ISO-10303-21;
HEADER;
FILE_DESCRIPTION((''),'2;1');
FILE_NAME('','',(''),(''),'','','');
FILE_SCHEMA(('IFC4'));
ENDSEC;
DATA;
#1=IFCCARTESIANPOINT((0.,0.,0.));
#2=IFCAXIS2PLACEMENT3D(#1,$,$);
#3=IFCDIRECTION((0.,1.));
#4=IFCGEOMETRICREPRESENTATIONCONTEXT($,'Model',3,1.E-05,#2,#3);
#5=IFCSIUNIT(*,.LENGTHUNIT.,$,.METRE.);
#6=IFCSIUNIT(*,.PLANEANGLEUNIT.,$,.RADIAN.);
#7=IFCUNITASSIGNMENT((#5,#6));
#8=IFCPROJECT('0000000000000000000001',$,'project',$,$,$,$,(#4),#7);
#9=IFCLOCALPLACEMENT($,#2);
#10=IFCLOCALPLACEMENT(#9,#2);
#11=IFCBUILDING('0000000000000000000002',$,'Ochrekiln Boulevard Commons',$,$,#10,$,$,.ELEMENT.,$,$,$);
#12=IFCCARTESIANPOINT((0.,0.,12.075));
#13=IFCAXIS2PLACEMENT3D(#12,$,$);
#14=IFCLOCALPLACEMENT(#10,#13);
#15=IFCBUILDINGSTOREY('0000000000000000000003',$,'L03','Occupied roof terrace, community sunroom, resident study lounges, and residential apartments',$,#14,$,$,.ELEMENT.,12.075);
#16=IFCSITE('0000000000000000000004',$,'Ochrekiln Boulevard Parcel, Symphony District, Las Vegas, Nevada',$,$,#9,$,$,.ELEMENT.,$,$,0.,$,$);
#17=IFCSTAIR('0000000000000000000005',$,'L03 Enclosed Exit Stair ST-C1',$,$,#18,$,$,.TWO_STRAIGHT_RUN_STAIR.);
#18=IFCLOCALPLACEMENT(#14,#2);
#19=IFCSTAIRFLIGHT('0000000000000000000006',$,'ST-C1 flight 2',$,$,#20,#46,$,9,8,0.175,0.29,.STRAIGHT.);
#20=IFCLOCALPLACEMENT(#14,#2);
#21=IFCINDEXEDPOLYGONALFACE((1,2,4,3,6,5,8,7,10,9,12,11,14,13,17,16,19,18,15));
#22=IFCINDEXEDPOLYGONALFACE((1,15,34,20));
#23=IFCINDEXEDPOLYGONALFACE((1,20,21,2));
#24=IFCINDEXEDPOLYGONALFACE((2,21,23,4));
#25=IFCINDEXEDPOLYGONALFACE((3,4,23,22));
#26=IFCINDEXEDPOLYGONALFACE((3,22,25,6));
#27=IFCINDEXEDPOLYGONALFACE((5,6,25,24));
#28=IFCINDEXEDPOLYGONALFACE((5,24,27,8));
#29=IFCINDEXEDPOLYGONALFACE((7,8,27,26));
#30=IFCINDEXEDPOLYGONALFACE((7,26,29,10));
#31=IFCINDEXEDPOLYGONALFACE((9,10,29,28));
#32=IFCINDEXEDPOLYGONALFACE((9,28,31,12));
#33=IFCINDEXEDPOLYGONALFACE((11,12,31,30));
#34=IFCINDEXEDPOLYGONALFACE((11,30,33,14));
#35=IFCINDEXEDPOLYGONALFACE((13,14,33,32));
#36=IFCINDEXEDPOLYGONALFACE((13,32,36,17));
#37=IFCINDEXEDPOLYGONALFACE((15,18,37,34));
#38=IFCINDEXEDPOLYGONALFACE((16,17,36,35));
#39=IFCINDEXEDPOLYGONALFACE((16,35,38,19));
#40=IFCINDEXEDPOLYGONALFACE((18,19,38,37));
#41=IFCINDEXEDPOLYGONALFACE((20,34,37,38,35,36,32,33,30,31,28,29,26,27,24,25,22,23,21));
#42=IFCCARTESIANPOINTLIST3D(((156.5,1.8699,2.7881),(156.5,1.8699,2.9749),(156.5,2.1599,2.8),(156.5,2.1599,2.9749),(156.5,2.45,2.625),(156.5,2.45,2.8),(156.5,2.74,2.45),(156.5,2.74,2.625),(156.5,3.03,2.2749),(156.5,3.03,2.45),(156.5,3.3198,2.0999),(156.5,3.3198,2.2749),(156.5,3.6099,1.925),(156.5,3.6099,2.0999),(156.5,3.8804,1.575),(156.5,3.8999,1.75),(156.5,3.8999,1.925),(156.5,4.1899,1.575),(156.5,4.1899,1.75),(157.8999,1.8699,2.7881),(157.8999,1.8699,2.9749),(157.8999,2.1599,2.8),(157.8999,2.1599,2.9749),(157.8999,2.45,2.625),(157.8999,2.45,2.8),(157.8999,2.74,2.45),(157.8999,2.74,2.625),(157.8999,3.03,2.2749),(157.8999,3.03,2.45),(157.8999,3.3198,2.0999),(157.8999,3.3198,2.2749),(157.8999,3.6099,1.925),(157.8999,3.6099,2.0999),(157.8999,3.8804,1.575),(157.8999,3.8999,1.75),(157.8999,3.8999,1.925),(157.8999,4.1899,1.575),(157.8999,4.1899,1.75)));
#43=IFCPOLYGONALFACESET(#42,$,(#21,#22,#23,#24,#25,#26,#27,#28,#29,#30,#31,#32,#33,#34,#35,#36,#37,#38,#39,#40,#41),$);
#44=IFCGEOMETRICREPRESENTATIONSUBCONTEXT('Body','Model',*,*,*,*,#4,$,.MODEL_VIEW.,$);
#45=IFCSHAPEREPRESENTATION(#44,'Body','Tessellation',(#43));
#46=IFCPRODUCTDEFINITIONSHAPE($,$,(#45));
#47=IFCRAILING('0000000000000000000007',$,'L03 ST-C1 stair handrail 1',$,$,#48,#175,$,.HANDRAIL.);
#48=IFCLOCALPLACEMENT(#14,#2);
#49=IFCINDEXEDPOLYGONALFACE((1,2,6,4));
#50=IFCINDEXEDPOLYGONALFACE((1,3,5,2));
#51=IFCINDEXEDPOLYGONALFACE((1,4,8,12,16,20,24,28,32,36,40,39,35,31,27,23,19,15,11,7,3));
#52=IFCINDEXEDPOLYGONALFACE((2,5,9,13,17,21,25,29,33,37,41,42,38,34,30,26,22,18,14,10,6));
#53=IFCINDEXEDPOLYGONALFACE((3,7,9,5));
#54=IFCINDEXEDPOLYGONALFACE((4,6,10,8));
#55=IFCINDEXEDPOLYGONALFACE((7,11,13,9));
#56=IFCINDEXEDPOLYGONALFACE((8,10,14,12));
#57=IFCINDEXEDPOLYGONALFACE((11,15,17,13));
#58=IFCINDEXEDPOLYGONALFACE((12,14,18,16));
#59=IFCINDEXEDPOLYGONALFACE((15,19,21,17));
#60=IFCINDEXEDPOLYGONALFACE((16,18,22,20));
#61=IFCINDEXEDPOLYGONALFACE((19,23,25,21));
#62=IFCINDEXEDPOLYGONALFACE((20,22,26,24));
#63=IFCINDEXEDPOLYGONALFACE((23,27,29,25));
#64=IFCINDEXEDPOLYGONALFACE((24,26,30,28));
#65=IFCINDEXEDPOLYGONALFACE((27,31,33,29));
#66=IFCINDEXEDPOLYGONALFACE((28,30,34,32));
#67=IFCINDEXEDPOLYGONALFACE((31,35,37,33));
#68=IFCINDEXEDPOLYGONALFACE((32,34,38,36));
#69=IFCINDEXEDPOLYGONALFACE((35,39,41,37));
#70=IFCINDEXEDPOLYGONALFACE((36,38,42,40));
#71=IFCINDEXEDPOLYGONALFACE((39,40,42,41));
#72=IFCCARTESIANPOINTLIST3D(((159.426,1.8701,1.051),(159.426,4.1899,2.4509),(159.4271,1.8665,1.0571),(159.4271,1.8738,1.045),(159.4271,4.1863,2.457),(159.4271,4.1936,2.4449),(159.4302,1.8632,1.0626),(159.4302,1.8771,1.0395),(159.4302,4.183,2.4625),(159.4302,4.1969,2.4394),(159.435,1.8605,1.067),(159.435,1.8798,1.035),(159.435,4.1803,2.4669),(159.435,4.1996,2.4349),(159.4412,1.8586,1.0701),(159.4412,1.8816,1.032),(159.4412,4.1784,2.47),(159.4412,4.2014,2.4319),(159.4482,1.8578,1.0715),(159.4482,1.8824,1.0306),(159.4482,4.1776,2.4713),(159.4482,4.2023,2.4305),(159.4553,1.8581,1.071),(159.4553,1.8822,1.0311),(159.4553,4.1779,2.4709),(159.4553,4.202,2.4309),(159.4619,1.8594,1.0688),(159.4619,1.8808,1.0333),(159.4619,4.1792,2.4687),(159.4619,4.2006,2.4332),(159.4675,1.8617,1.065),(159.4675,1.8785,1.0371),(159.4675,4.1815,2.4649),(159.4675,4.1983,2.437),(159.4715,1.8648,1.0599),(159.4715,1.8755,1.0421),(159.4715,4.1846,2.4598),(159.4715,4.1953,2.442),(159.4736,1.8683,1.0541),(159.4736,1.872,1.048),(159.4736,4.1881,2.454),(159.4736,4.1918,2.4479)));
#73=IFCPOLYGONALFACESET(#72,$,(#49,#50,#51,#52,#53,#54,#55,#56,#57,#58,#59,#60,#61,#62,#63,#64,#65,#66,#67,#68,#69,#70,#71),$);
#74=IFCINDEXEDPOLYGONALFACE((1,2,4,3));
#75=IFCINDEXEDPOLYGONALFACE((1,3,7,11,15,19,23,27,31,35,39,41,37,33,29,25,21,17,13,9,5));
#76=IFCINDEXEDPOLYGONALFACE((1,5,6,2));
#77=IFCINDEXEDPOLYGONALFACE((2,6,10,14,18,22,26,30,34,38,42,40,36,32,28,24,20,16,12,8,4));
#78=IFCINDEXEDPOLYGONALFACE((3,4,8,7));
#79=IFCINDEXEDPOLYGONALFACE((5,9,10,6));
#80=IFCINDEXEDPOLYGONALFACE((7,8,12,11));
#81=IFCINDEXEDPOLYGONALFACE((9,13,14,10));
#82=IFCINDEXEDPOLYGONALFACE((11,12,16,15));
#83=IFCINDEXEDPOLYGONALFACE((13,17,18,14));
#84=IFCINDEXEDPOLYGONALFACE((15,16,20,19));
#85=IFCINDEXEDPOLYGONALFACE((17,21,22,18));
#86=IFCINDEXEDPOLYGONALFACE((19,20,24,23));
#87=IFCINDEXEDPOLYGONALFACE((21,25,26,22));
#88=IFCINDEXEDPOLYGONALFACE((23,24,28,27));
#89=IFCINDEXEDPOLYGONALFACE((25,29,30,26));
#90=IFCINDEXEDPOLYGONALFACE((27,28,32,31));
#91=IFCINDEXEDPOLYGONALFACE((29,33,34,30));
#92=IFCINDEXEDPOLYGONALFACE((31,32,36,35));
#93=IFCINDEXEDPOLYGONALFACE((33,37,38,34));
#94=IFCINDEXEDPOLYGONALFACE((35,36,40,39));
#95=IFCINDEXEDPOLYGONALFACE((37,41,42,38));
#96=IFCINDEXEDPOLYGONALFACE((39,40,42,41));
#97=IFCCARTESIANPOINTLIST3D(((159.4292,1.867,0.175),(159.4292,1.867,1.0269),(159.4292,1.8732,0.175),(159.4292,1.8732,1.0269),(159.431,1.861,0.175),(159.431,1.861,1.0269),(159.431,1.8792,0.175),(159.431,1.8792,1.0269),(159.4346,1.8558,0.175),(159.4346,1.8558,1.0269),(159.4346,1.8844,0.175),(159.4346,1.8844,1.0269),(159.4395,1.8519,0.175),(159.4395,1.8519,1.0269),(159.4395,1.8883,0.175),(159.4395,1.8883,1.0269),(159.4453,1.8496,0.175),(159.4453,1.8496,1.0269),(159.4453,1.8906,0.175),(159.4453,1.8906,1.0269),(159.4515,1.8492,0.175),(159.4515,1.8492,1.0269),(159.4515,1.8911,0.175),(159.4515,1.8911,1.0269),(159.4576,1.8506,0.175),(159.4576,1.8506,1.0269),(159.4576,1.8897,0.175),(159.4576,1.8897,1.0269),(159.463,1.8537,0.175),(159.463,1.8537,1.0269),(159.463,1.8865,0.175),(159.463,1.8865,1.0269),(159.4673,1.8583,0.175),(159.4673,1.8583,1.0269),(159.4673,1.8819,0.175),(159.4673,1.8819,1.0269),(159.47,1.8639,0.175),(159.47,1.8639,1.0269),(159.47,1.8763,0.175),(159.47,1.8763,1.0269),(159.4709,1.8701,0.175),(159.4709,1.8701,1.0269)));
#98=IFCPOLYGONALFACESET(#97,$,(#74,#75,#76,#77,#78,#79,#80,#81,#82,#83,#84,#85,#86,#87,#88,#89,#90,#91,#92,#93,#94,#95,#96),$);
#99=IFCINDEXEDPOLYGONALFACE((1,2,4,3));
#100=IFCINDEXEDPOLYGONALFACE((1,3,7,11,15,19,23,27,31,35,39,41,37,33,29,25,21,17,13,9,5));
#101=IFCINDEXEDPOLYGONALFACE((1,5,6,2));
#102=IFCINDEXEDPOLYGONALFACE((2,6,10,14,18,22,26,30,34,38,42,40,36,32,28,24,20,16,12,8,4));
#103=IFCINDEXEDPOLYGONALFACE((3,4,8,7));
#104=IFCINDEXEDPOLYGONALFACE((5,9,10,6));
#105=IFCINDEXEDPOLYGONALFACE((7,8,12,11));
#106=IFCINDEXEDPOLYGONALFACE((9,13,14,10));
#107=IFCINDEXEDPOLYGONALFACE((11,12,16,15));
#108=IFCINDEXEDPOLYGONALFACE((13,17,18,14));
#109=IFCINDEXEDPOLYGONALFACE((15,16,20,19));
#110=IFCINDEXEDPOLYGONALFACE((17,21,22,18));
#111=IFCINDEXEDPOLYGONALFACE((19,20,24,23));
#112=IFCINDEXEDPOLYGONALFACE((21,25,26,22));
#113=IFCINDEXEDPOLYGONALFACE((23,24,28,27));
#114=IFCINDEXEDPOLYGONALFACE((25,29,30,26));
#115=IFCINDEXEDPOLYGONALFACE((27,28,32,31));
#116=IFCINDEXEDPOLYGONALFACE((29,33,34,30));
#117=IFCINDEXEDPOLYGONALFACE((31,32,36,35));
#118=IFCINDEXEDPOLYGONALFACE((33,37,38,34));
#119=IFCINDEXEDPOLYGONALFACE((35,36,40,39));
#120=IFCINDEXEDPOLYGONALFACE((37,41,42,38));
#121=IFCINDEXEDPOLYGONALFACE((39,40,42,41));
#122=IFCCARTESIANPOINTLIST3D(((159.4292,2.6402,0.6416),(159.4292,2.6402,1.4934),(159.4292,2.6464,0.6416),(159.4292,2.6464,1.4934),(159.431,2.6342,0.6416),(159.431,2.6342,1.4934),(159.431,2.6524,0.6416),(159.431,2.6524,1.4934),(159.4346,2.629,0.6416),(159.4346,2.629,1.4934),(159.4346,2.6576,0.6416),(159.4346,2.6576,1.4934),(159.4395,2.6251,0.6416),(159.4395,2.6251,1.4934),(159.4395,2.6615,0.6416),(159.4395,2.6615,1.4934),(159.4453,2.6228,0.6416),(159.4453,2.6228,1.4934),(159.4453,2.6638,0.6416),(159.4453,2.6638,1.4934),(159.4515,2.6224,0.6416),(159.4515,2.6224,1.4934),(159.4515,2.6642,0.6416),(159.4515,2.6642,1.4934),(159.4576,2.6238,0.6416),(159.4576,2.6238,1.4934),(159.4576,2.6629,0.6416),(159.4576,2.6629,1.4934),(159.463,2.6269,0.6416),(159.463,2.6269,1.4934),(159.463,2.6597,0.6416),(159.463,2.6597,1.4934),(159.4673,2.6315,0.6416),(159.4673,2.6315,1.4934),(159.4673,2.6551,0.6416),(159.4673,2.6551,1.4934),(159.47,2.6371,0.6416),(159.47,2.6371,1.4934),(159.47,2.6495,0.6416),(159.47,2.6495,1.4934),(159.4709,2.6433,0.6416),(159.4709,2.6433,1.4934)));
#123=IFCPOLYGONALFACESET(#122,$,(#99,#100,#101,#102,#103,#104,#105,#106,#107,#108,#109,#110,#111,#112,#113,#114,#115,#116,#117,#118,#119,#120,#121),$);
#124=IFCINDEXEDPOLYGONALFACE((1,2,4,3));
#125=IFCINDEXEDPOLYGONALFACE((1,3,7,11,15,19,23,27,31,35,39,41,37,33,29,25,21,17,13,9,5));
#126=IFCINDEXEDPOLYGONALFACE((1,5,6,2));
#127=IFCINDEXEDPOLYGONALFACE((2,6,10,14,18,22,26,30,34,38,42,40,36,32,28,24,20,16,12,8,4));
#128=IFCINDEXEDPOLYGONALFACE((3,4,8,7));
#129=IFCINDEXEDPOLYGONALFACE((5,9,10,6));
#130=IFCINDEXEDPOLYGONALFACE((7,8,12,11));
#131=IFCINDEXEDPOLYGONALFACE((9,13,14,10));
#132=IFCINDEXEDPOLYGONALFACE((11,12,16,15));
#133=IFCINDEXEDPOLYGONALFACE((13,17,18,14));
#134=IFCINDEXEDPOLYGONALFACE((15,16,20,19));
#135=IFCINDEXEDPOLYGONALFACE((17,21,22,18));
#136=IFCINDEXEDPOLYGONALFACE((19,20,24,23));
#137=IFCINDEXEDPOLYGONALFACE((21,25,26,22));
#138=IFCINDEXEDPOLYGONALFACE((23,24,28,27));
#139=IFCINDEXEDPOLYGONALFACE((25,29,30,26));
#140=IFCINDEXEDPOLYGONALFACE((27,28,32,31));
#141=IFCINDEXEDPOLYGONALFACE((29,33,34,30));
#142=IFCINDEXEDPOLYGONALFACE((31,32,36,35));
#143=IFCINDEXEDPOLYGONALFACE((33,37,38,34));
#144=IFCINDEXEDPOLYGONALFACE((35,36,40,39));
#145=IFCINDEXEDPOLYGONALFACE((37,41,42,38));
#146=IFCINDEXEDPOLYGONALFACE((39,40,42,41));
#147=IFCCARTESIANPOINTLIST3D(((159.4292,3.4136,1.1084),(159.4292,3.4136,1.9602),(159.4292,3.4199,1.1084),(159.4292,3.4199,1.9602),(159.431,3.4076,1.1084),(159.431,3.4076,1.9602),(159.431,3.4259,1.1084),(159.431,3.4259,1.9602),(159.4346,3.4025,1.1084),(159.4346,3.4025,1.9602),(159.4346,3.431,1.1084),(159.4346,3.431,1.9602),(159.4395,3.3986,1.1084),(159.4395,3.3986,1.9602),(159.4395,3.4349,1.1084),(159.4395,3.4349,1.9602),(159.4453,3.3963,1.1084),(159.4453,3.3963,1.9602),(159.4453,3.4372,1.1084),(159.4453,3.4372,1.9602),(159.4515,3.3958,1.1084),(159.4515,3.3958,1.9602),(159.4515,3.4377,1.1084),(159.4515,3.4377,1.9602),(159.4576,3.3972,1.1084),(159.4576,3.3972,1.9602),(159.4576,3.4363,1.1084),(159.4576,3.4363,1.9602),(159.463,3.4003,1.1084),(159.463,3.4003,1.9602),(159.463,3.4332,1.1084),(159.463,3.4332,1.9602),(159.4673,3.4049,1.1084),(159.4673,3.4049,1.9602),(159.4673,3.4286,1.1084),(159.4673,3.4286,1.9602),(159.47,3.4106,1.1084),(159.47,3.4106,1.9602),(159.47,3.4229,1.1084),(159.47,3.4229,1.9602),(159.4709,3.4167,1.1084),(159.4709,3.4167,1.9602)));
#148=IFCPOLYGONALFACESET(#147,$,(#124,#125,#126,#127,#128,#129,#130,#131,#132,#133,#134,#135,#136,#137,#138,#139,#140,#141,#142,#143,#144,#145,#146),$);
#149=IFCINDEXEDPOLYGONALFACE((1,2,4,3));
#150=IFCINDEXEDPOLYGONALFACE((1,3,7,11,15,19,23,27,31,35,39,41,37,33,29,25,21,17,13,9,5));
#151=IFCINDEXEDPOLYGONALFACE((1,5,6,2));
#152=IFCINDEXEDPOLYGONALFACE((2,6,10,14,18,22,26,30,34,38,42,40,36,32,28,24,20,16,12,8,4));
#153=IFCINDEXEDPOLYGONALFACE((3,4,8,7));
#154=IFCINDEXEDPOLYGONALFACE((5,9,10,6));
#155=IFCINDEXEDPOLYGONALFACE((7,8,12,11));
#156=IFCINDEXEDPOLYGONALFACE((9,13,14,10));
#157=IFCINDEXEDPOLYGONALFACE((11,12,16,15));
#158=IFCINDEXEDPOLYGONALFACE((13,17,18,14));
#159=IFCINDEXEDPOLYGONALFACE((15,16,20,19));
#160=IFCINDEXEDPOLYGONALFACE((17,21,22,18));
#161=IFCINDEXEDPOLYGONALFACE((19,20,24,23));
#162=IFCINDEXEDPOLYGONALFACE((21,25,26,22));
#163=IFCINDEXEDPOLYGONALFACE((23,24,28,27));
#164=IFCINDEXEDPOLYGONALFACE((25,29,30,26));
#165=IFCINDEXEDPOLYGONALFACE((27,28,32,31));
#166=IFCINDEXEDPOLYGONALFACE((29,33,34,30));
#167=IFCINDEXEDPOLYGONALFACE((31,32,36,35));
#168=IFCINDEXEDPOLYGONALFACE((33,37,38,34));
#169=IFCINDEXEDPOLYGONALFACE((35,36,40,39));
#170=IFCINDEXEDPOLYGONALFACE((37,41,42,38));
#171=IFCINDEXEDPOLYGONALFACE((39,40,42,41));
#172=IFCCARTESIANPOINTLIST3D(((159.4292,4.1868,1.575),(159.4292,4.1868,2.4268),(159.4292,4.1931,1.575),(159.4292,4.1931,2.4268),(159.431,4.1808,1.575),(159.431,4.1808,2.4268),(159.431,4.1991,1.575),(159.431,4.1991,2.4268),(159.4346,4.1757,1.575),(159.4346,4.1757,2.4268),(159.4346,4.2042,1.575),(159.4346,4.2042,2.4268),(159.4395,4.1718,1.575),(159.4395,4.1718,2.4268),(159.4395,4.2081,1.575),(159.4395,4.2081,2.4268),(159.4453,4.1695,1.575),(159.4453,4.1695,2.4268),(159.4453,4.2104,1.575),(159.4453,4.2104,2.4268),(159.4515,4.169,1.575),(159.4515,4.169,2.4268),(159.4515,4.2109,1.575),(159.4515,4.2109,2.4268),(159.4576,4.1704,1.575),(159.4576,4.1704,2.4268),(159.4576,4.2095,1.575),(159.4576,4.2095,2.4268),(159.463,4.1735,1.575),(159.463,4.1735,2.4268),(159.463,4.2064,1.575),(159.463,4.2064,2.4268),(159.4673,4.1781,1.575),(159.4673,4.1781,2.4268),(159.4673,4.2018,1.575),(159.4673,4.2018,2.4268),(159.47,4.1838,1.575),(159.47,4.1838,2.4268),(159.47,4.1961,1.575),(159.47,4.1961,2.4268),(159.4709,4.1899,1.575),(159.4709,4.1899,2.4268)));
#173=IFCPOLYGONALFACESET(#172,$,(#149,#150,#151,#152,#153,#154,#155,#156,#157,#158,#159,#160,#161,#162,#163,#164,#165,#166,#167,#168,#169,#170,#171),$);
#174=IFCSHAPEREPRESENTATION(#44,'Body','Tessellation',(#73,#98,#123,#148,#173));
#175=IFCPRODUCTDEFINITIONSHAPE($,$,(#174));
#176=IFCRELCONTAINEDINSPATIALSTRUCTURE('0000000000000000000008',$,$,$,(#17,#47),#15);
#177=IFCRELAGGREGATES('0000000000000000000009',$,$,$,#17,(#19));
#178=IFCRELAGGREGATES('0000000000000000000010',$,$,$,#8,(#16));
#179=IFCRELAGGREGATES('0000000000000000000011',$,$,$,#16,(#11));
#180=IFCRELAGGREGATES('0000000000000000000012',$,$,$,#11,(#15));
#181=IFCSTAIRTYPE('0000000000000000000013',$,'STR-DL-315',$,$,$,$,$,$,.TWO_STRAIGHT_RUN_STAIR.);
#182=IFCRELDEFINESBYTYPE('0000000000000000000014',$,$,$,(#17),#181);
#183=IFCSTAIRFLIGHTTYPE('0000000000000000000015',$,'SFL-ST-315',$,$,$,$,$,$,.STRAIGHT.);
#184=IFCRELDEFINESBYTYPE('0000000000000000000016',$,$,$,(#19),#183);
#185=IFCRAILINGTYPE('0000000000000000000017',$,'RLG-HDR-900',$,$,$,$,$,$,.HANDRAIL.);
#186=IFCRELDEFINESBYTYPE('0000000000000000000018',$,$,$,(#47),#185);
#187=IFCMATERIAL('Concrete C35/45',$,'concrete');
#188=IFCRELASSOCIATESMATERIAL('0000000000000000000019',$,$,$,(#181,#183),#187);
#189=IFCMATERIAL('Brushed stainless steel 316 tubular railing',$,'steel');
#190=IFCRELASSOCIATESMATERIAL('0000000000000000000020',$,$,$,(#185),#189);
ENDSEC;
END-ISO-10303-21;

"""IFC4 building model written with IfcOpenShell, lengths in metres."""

from ifc_helpers import new_model, si_unit, direction, frame, origin, origin_2d, place, context, subcontext, project, spatial, polyline, circle, outline, extrude, material, type_object, element, aggregate, save


model = new_model("IFC4")

# Units and contexts
model_context = context("Model", 3, precision=1e-05, world=origin(), true_north=direction((0.0, 1.0)))
body_context = subcontext(model_context, "Body", "Model", "MODEL_VIEW")
ifc_project = project(units=[si_unit("LENGTHUNIT", "METRE"), si_unit("PLANEANGLEUNIT", "RADIAN")], contexts=[model_context])

# Site, building, storey
site_placement = place(None, origin())
site = spatial("IfcSite", under=ifc_project, at=site_placement, Name="Ochrekiln Boulevard Parcel, Symphony District, Las Vegas, Nevada", CompositionType="ELEMENT", RefElevation=0.0)
building_placement = place(site_placement, origin())
building = spatial("IfcBuilding", under=site, at=building_placement, Name="Ochrekiln Boulevard Commons", CompositionType="ELEMENT")
storey_placement = place(building_placement, frame((0.0, 0.0, 12.075)))
storey = spatial("IfcBuildingStorey", under=building, at=storey_placement, Name="L03", Description="Occupied roof terrace, community sunroom, resident study lounges, and residential apartments", CompositionType="ELEMENT", Elevation=12.075)

# Stair, stair flight
ifc_material_1 = material(Name="Concrete C35/45", Category="concrete")
stair_type = type_object("IfcStairType", Name="STR-DL-315", PredefinedType="TWO_STRAIGHT_RUN_STAIR", material=ifc_material_1)
stair_placement = place(storey_placement, origin())
stair = element("IfcStair", 1, at=stair_placement, inside=storey, type_object=stair_type, Name="L03 Enclosed Exit Stair ST-C1", PredefinedType="TWO_STRAIGHT_RUN_STAIR")
stair_flight_type = type_object("IfcStairFlightType", Name="SFL-ST-315", PredefinedType="STRAIGHT", material=ifc_material_1)
stair_flight_1_placement = place(storey_placement, frame((157.2, 4.1899, 1.575), z_axis=(0.0, 0.0, 1.0), x_axis=(0.0, -1.0, 0.0)))
stair_flight_1 = element("IfcStairFlight", 2, at=stair_flight_1_placement, type_object=stair_flight_type, Name="ST-C1 flight 2", NumberOfRisers=9, NumberOfTreads=8, PredefinedType="STRAIGHT", RiserHeight=0.175, TreadLength=0.29, context=body_context, shape_type="SweptSolid", body=[
    extrude(outline(polyline([(0.0, 0.0), (0.0, 0.175), (0.29, 0.175), (0.29, 0.3501), (0.5801, 0.3501), (0.5801, 0.5249), (0.8701, 0.5249), (0.8701, 0.7), (1.1599, 0.7), (1.1599, 0.875), (1.45, 0.875), (1.45, 1.05), (1.74, 1.05), (1.74, 1.2251), (2.03, 1.2251), (2.03, 1.3999), (2.3201, 1.3999), (2.3201, 1.575), (2.3201, 1.2131), (0.3096, 0.0), (0.0, 0.0)])), frame((0.0, 0.7, 0.0), z_axis=(0.0, -1.0, 0.0), x_axis=(1.0, 0.0, 0.0)), (0.0, 0.0, 1.0), 1.3999),
])
aggregate(stair, [stair_flight_1])

# Railing
ifc_material_2 = material(Name="Brushed stainless steel 316 tubular railing", Category="steel")
railing_type_1 = type_object("IfcRailingType", Name="RLG-HDR-900", PredefinedType="HANDRAIL", material=ifc_material_2)
railing_1_placement = place(storey_placement, frame((159.45, 1.8701, 0.175)))
element("IfcRailing", 3, at=railing_1_placement, inside=storey, type_object=railing_type_1, Name="L03 ST-C1 stair handrail 1", PredefinedType="HANDRAIL", context=body_context, shape_type="SweptSolid", body=[
    extrude(circle(Radius=0.0239, at=origin_2d()), frame((0.0, 0.0, 0.876), z_axis=(0.0, 0.856186, 0.516667), x_axis=(-1.0, 0.0, 0.0)), (0.0, 0.0, 1.0), 2.7095),
    extrude(circle(Radius=0.021, at=origin_2d()), origin(), (0.0, 0.0, 1.0), 0.8518),
    extrude(circle(Radius=0.021, at=origin_2d()), frame((0.0, 0.7732, 0.4666)), (0.0, 0.0, 1.0), 0.8518),
    extrude(circle(Radius=0.021, at=origin_2d()), frame((0.0, 1.5466, 0.9333)), (0.0, 0.0, 1.0), 0.8518),
    extrude(circle(Radius=0.021, at=origin_2d()), frame((0.0, 2.3198, 1.3999)), (0.0, 0.0, 1.0), 0.8518),
])

save(model, "model.ifc")
